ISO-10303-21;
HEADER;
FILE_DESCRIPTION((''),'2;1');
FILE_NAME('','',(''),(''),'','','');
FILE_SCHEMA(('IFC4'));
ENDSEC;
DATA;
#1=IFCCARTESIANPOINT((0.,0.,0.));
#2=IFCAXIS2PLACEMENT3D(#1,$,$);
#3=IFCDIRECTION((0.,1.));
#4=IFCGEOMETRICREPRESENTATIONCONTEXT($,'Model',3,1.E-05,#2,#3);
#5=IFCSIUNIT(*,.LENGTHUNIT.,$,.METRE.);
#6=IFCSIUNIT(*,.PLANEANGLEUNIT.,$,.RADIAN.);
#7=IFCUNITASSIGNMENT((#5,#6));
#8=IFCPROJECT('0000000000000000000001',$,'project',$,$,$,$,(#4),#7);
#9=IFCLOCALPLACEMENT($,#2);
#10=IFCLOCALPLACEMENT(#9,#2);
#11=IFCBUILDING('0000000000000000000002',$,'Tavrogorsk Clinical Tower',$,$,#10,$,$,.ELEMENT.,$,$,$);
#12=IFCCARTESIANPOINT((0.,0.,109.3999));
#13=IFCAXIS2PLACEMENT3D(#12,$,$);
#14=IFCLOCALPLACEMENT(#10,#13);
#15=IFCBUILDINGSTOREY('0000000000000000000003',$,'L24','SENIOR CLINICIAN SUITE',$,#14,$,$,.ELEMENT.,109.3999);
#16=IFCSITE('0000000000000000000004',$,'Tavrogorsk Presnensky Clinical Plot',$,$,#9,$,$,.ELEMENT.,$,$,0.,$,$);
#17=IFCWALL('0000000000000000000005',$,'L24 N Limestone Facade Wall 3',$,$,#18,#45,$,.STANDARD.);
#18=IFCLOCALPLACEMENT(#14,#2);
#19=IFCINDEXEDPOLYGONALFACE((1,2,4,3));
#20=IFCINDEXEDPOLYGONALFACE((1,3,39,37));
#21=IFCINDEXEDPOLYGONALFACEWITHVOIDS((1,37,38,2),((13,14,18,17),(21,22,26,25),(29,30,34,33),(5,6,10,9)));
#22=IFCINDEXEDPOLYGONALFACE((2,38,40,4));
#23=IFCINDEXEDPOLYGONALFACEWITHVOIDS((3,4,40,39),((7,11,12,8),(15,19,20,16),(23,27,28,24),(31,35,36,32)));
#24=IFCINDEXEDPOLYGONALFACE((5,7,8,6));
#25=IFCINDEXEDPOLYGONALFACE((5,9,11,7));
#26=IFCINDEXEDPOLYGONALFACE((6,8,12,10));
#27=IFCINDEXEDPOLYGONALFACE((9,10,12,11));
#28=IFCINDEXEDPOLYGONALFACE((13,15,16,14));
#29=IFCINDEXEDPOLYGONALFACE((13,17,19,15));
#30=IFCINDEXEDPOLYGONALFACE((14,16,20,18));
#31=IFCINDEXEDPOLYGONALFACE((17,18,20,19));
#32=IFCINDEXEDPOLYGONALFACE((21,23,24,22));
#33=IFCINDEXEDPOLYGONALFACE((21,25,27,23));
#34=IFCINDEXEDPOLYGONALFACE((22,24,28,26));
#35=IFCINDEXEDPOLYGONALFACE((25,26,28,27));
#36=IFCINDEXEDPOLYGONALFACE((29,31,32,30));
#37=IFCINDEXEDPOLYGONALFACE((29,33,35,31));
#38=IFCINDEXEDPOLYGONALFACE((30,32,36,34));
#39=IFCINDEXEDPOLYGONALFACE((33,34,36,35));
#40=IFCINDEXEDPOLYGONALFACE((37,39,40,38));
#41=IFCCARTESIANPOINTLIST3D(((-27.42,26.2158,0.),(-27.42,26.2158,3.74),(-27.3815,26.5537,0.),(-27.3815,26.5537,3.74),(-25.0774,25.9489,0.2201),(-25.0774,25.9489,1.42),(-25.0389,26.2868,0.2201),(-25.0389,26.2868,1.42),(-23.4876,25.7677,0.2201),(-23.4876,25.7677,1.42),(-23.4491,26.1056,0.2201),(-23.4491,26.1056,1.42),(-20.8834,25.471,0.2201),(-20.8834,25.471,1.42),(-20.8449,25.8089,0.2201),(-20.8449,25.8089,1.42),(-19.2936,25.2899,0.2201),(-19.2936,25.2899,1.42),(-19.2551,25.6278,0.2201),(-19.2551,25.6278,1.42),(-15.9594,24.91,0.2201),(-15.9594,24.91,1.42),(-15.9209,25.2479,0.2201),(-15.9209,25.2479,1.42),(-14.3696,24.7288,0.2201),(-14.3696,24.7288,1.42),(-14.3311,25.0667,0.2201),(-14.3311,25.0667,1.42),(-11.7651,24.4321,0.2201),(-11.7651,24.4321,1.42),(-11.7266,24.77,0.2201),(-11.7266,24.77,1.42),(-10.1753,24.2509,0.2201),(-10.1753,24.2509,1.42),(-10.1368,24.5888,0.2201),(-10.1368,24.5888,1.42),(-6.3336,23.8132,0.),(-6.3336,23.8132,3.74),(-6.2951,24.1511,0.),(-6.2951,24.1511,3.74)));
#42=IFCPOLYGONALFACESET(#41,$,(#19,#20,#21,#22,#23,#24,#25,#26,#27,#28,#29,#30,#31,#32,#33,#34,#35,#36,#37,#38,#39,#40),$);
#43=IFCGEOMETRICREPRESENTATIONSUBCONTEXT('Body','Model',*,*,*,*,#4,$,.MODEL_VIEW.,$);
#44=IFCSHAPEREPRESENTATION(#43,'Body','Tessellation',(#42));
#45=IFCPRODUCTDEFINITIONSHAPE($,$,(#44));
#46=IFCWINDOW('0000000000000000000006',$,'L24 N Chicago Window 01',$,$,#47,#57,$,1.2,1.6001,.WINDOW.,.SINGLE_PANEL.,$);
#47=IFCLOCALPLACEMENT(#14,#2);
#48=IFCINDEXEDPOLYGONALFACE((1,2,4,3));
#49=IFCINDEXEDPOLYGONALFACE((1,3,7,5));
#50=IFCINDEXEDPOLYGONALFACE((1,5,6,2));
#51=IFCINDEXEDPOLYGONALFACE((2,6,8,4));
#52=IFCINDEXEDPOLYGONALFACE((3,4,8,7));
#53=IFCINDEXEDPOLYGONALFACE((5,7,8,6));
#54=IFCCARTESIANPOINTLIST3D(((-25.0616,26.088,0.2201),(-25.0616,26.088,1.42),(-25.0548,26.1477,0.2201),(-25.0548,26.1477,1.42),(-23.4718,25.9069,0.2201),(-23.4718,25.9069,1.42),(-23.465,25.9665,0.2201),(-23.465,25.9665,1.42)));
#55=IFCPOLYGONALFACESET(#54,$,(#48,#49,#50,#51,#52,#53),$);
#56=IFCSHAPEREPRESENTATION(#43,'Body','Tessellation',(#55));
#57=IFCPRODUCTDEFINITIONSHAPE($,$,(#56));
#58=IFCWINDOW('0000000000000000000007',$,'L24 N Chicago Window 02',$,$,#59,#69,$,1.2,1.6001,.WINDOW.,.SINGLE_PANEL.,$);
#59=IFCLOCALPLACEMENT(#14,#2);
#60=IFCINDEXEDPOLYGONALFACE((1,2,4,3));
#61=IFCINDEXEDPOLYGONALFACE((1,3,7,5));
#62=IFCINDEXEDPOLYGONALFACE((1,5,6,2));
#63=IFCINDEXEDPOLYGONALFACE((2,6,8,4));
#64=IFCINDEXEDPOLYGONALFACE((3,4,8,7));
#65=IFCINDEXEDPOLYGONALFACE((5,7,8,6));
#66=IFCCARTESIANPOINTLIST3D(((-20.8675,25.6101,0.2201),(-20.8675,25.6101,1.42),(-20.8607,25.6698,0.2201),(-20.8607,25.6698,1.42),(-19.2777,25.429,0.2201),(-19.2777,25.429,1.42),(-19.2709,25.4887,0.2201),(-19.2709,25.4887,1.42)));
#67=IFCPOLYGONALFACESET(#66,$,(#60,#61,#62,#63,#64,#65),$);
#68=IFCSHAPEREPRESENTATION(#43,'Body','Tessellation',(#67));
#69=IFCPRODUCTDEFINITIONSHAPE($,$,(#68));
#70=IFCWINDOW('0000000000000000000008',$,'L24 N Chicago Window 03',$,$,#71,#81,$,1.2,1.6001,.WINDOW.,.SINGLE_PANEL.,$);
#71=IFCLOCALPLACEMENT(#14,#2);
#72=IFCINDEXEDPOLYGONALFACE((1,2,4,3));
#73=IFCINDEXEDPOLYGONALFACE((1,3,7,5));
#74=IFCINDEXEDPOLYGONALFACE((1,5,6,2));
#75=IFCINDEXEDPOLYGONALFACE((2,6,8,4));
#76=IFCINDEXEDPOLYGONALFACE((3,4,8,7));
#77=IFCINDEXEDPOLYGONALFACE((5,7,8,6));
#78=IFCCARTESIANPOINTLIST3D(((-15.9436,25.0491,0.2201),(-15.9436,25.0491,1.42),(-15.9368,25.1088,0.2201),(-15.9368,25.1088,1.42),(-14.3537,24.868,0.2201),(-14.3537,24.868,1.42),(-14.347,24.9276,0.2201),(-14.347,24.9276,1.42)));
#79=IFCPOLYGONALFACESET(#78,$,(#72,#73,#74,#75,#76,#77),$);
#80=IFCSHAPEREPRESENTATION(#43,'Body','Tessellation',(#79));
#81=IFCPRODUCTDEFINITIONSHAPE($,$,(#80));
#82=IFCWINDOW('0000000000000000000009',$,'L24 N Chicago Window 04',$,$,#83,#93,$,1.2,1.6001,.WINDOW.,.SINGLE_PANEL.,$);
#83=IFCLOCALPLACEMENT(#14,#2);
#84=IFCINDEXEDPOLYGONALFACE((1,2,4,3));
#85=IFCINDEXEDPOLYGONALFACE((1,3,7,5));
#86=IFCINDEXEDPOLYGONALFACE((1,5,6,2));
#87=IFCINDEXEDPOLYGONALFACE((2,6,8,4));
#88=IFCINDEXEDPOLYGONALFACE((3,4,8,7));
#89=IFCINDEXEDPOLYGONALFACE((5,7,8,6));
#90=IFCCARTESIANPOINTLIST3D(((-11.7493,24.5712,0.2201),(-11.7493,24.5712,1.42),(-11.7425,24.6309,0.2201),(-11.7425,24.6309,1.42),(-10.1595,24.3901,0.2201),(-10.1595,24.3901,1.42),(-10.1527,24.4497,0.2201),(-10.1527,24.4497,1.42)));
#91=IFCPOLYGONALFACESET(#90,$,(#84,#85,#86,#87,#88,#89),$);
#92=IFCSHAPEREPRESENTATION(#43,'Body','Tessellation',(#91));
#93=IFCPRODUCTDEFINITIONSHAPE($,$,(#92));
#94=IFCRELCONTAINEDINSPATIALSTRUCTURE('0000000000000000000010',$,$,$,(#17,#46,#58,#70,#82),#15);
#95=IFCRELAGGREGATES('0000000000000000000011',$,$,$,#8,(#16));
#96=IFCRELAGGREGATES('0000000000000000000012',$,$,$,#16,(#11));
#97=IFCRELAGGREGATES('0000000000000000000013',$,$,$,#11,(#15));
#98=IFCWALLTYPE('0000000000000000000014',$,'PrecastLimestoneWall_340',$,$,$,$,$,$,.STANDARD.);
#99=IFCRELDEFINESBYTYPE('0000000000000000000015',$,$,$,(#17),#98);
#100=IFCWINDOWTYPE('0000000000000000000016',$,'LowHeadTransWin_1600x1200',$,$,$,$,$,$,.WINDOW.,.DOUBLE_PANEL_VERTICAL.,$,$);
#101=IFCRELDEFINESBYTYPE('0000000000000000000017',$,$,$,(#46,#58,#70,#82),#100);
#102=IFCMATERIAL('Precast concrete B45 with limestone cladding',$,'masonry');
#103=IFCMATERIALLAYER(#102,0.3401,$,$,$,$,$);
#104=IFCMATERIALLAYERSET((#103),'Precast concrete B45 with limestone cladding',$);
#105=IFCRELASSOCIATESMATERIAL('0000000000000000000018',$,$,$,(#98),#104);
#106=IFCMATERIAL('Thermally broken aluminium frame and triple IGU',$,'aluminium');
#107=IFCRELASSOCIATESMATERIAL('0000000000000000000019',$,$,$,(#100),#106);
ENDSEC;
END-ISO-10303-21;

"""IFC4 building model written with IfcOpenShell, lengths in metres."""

from ifc_helpers import new_model, si_unit, direction, frame, frame_2d, origin, place, context, subcontext, project, spatial, rectangle, extrude, material, layer, layer_set, type_object, element, fill, save


model = new_model("IFC4")

# Units and contexts
model_context = context("Model", 3, precision=1e-05, world=origin(), true_north=direction((0.0, 1.0)))
body_context = subcontext(model_context, "Body", "Model", "MODEL_VIEW")
ifc_project = project(units=[si_unit("LENGTHUNIT", "METRE"), si_unit("PLANEANGLEUNIT", "RADIAN")], contexts=[model_context])

# Site, building, storey
site_placement = place(None, origin())
site = spatial("IfcSite", under=ifc_project, at=site_placement, Name="Tavrogorsk Presnensky Clinical Plot", CompositionType="ELEMENT", RefElevation=0.0)
building_placement = place(site_placement, origin())
building = spatial("IfcBuilding", under=site, at=building_placement, Name="Tavrogorsk Clinical Tower", CompositionType="ELEMENT")
storey_placement = place(building_placement, frame((0.0, 0.0, 109.3999)))
storey = spatial("IfcBuildingStorey", under=building, at=storey_placement, Name="L24", Description="SENIOR CLINICIAN SUITE", CompositionType="ELEMENT", Elevation=109.3999)

# Wall, openings, windows
ifc_material_1 = material(Name="Precast concrete B45 with limestone cladding", Category="masonry")
ifc_layer_1 = layer(ifc_material_1, 0.3401)
ifc_layer_set_1 = layer_set([ifc_layer_1], Name="Precast concrete B45 with limestone cladding")
wall_type_1 = type_object("IfcWallType", Name="PrecastLimestoneWall_340", PredefinedType="STANDARD", material=ifc_layer_set_1)
wall_1_placement = place(storey_placement, frame((-6.3145, 23.9822, 0.0), z_axis=(0.0, 0.0, 1.0), x_axis=(-0.993571, 0.113208, 0.0)))
wall_1 = element("IfcWall", 1, at=wall_1_placement, inside=storey, type_object=wall_type_1, Name="L24 N Limestone Facade Wall 3", PredefinedType="STANDARD", context=body_context, shape_type="SweptSolid", body=[
    extrude(rectangle(XDim=21.2229, YDim=0.3401, at=frame_2d((10.6113, 0.0))), origin(), (0.0, 0.0, 1.0), 3.74),
])
opening_1_placement = place(wall_1_placement, frame((17.2649, 0.0, 0.22)))
opening_1 = element("IfcOpeningElement", 2, at=opening_1_placement, cuts=wall_1, PredefinedType="OPENING", context=body_context, shape_type="SweptSolid", body=[
    extrude(rectangle(XDim=1.6001, YDim=1.2, at=frame_2d((0.8, 0.6001))), frame((0.0, 0.1799, 0.0), z_axis=(0.0, -1.0, 0.0), x_axis=(1.0, 0.0, 0.0)), (0.0, 0.0, 1.0), 0.3601),
])
opening_2_placement = place(wall_1_placement, frame((13.0437, 0.0, 0.22)))
opening_2 = element("IfcOpeningElement", 3, at=opening_2_placement, cuts=wall_1, PredefinedType="OPENING", context=body_context, shape_type="SweptSolid", body=[
    extrude(rectangle(XDim=1.6001, YDim=1.2, at=frame_2d((0.8, 0.6001))), frame((0.0, 0.1799, 0.0), z_axis=(0.0, -1.0, 0.0), x_axis=(1.0, 0.0, 0.0)), (0.0, 0.0, 1.0), 0.3601),
])
opening_3_placement = place(wall_1_placement, frame((8.0879, 0.0, 0.22)))
opening_3 = element("IfcOpeningElement", 4, at=opening_3_placement, cuts=wall_1, PredefinedType="OPENING", context=body_context, shape_type="SweptSolid", body=[
    extrude(rectangle(XDim=1.6001, YDim=1.2, at=frame_2d((0.8, 0.6001))), frame((0.0, 0.1799, 0.0), z_axis=(0.0, -1.0, 0.0), x_axis=(1.0, 0.0, 0.0)), (0.0, 0.0, 1.0), 0.3601),
])
opening_4_placement = place(wall_1_placement, frame((3.8665, 0.0, 0.22)))
opening_4 = element("IfcOpeningElement", 5, at=opening_4_placement, cuts=wall_1, PredefinedType="OPENING", context=body_context, shape_type="SweptSolid", body=[
    extrude(rectangle(XDim=1.6001, YDim=1.2, at=frame_2d((0.8, 0.6001))), frame((0.0, 0.1799, 0.0), z_axis=(0.0, -1.0, 0.0), x_axis=(1.0, 0.0, 0.0)), (0.0, 0.0, 1.0), 0.3601),
])
ifc_material_2 = material(Name="Thermally broken aluminium frame and triple IGU", Category="aluminium")
window_type = type_object("IfcWindowType", Name="LowHeadTransWin_1600x1200", PartitioningType="DOUBLE_PANEL_VERTICAL", PredefinedType="WINDOW", material=ifc_material_2)
window_1_placement = place(opening_1_placement, origin())
window_1 = element("IfcWindow", 6, at=window_1_placement, inside=storey, type_object=window_type, Name="L24 N Chicago Window 01", OverallHeight=1.2, OverallWidth=1.6001, PartitioningType="SINGLE_PANEL", PredefinedType="WINDOW", context=body_context, shape_type="SweptSolid", body=[
    extrude(rectangle(XDim=1.6001, YDim=1.2, at=frame_2d((0.8, 0.6001))), frame((0.0, 0.03, 0.0), z_axis=(0.0, -1.0, 0.0), x_axis=(1.0, 0.0, 0.0)), (0.0, 0.0, 1.0), 0.0601),
])
fill(opening_1, window_1)
window_2_placement = place(opening_2_placement, origin())
window_2 = element("IfcWindow", 7, at=window_2_placement, inside=storey, type_object=window_type, Name="L24 N Chicago Window 02", OverallHeight=1.2, OverallWidth=1.6001, PartitioningType="SINGLE_PANEL", PredefinedType="WINDOW", context=body_context, shape_type="SweptSolid", body=[
    extrude(rectangle(XDim=1.6001, YDim=1.2, at=frame_2d((0.8, 0.6001))), frame((0.0, 0.03, 0.0), z_axis=(0.0, -1.0, 0.0), x_axis=(1.0, 0.0, 0.0)), (0.0, 0.0, 1.0), 0.0601),
])
fill(opening_2, window_2)
window_3_placement = place(opening_3_placement, origin())
window_3 = element("IfcWindow", 8, at=window_3_placement, inside=storey, type_object=window_type, Name="L24 N Chicago Window 03", OverallHeight=1.2, OverallWidth=1.6001, PartitioningType="SINGLE_PANEL", PredefinedType="WINDOW", context=body_context, shape_type="SweptSolid", body=[
    extrude(rectangle(XDim=1.6001, YDim=1.2, at=frame_2d((0.8, 0.6001))), frame((0.0, 0.03, 0.0), z_axis=(0.0, -1.0, 0.0), x_axis=(1.0, 0.0, 0.0)), (0.0, 0.0, 1.0), 0.0601),
])
fill(opening_3, window_3)
window_4_placement = place(opening_4_placement, origin())
window_4 = element("IfcWindow", 9, at=window_4_placement, inside=storey, type_object=window_type, Name="L24 N Chicago Window 04", OverallHeight=1.2, OverallWidth=1.6001, PartitioningType="SINGLE_PANEL", PredefinedType="WINDOW", context=body_context, shape_type="SweptSolid", body=[
    extrude(rectangle(XDim=1.6001, YDim=1.2, at=frame_2d((0.8, 0.6001))), frame((0.0, 0.03, 0.0), z_axis=(0.0, -1.0, 0.0), x_axis=(1.0, 0.0, 0.0)), (0.0, 0.0, 1.0), 0.0601),
])
fill(opening_4, window_4)

save(model, "model.ifc")
